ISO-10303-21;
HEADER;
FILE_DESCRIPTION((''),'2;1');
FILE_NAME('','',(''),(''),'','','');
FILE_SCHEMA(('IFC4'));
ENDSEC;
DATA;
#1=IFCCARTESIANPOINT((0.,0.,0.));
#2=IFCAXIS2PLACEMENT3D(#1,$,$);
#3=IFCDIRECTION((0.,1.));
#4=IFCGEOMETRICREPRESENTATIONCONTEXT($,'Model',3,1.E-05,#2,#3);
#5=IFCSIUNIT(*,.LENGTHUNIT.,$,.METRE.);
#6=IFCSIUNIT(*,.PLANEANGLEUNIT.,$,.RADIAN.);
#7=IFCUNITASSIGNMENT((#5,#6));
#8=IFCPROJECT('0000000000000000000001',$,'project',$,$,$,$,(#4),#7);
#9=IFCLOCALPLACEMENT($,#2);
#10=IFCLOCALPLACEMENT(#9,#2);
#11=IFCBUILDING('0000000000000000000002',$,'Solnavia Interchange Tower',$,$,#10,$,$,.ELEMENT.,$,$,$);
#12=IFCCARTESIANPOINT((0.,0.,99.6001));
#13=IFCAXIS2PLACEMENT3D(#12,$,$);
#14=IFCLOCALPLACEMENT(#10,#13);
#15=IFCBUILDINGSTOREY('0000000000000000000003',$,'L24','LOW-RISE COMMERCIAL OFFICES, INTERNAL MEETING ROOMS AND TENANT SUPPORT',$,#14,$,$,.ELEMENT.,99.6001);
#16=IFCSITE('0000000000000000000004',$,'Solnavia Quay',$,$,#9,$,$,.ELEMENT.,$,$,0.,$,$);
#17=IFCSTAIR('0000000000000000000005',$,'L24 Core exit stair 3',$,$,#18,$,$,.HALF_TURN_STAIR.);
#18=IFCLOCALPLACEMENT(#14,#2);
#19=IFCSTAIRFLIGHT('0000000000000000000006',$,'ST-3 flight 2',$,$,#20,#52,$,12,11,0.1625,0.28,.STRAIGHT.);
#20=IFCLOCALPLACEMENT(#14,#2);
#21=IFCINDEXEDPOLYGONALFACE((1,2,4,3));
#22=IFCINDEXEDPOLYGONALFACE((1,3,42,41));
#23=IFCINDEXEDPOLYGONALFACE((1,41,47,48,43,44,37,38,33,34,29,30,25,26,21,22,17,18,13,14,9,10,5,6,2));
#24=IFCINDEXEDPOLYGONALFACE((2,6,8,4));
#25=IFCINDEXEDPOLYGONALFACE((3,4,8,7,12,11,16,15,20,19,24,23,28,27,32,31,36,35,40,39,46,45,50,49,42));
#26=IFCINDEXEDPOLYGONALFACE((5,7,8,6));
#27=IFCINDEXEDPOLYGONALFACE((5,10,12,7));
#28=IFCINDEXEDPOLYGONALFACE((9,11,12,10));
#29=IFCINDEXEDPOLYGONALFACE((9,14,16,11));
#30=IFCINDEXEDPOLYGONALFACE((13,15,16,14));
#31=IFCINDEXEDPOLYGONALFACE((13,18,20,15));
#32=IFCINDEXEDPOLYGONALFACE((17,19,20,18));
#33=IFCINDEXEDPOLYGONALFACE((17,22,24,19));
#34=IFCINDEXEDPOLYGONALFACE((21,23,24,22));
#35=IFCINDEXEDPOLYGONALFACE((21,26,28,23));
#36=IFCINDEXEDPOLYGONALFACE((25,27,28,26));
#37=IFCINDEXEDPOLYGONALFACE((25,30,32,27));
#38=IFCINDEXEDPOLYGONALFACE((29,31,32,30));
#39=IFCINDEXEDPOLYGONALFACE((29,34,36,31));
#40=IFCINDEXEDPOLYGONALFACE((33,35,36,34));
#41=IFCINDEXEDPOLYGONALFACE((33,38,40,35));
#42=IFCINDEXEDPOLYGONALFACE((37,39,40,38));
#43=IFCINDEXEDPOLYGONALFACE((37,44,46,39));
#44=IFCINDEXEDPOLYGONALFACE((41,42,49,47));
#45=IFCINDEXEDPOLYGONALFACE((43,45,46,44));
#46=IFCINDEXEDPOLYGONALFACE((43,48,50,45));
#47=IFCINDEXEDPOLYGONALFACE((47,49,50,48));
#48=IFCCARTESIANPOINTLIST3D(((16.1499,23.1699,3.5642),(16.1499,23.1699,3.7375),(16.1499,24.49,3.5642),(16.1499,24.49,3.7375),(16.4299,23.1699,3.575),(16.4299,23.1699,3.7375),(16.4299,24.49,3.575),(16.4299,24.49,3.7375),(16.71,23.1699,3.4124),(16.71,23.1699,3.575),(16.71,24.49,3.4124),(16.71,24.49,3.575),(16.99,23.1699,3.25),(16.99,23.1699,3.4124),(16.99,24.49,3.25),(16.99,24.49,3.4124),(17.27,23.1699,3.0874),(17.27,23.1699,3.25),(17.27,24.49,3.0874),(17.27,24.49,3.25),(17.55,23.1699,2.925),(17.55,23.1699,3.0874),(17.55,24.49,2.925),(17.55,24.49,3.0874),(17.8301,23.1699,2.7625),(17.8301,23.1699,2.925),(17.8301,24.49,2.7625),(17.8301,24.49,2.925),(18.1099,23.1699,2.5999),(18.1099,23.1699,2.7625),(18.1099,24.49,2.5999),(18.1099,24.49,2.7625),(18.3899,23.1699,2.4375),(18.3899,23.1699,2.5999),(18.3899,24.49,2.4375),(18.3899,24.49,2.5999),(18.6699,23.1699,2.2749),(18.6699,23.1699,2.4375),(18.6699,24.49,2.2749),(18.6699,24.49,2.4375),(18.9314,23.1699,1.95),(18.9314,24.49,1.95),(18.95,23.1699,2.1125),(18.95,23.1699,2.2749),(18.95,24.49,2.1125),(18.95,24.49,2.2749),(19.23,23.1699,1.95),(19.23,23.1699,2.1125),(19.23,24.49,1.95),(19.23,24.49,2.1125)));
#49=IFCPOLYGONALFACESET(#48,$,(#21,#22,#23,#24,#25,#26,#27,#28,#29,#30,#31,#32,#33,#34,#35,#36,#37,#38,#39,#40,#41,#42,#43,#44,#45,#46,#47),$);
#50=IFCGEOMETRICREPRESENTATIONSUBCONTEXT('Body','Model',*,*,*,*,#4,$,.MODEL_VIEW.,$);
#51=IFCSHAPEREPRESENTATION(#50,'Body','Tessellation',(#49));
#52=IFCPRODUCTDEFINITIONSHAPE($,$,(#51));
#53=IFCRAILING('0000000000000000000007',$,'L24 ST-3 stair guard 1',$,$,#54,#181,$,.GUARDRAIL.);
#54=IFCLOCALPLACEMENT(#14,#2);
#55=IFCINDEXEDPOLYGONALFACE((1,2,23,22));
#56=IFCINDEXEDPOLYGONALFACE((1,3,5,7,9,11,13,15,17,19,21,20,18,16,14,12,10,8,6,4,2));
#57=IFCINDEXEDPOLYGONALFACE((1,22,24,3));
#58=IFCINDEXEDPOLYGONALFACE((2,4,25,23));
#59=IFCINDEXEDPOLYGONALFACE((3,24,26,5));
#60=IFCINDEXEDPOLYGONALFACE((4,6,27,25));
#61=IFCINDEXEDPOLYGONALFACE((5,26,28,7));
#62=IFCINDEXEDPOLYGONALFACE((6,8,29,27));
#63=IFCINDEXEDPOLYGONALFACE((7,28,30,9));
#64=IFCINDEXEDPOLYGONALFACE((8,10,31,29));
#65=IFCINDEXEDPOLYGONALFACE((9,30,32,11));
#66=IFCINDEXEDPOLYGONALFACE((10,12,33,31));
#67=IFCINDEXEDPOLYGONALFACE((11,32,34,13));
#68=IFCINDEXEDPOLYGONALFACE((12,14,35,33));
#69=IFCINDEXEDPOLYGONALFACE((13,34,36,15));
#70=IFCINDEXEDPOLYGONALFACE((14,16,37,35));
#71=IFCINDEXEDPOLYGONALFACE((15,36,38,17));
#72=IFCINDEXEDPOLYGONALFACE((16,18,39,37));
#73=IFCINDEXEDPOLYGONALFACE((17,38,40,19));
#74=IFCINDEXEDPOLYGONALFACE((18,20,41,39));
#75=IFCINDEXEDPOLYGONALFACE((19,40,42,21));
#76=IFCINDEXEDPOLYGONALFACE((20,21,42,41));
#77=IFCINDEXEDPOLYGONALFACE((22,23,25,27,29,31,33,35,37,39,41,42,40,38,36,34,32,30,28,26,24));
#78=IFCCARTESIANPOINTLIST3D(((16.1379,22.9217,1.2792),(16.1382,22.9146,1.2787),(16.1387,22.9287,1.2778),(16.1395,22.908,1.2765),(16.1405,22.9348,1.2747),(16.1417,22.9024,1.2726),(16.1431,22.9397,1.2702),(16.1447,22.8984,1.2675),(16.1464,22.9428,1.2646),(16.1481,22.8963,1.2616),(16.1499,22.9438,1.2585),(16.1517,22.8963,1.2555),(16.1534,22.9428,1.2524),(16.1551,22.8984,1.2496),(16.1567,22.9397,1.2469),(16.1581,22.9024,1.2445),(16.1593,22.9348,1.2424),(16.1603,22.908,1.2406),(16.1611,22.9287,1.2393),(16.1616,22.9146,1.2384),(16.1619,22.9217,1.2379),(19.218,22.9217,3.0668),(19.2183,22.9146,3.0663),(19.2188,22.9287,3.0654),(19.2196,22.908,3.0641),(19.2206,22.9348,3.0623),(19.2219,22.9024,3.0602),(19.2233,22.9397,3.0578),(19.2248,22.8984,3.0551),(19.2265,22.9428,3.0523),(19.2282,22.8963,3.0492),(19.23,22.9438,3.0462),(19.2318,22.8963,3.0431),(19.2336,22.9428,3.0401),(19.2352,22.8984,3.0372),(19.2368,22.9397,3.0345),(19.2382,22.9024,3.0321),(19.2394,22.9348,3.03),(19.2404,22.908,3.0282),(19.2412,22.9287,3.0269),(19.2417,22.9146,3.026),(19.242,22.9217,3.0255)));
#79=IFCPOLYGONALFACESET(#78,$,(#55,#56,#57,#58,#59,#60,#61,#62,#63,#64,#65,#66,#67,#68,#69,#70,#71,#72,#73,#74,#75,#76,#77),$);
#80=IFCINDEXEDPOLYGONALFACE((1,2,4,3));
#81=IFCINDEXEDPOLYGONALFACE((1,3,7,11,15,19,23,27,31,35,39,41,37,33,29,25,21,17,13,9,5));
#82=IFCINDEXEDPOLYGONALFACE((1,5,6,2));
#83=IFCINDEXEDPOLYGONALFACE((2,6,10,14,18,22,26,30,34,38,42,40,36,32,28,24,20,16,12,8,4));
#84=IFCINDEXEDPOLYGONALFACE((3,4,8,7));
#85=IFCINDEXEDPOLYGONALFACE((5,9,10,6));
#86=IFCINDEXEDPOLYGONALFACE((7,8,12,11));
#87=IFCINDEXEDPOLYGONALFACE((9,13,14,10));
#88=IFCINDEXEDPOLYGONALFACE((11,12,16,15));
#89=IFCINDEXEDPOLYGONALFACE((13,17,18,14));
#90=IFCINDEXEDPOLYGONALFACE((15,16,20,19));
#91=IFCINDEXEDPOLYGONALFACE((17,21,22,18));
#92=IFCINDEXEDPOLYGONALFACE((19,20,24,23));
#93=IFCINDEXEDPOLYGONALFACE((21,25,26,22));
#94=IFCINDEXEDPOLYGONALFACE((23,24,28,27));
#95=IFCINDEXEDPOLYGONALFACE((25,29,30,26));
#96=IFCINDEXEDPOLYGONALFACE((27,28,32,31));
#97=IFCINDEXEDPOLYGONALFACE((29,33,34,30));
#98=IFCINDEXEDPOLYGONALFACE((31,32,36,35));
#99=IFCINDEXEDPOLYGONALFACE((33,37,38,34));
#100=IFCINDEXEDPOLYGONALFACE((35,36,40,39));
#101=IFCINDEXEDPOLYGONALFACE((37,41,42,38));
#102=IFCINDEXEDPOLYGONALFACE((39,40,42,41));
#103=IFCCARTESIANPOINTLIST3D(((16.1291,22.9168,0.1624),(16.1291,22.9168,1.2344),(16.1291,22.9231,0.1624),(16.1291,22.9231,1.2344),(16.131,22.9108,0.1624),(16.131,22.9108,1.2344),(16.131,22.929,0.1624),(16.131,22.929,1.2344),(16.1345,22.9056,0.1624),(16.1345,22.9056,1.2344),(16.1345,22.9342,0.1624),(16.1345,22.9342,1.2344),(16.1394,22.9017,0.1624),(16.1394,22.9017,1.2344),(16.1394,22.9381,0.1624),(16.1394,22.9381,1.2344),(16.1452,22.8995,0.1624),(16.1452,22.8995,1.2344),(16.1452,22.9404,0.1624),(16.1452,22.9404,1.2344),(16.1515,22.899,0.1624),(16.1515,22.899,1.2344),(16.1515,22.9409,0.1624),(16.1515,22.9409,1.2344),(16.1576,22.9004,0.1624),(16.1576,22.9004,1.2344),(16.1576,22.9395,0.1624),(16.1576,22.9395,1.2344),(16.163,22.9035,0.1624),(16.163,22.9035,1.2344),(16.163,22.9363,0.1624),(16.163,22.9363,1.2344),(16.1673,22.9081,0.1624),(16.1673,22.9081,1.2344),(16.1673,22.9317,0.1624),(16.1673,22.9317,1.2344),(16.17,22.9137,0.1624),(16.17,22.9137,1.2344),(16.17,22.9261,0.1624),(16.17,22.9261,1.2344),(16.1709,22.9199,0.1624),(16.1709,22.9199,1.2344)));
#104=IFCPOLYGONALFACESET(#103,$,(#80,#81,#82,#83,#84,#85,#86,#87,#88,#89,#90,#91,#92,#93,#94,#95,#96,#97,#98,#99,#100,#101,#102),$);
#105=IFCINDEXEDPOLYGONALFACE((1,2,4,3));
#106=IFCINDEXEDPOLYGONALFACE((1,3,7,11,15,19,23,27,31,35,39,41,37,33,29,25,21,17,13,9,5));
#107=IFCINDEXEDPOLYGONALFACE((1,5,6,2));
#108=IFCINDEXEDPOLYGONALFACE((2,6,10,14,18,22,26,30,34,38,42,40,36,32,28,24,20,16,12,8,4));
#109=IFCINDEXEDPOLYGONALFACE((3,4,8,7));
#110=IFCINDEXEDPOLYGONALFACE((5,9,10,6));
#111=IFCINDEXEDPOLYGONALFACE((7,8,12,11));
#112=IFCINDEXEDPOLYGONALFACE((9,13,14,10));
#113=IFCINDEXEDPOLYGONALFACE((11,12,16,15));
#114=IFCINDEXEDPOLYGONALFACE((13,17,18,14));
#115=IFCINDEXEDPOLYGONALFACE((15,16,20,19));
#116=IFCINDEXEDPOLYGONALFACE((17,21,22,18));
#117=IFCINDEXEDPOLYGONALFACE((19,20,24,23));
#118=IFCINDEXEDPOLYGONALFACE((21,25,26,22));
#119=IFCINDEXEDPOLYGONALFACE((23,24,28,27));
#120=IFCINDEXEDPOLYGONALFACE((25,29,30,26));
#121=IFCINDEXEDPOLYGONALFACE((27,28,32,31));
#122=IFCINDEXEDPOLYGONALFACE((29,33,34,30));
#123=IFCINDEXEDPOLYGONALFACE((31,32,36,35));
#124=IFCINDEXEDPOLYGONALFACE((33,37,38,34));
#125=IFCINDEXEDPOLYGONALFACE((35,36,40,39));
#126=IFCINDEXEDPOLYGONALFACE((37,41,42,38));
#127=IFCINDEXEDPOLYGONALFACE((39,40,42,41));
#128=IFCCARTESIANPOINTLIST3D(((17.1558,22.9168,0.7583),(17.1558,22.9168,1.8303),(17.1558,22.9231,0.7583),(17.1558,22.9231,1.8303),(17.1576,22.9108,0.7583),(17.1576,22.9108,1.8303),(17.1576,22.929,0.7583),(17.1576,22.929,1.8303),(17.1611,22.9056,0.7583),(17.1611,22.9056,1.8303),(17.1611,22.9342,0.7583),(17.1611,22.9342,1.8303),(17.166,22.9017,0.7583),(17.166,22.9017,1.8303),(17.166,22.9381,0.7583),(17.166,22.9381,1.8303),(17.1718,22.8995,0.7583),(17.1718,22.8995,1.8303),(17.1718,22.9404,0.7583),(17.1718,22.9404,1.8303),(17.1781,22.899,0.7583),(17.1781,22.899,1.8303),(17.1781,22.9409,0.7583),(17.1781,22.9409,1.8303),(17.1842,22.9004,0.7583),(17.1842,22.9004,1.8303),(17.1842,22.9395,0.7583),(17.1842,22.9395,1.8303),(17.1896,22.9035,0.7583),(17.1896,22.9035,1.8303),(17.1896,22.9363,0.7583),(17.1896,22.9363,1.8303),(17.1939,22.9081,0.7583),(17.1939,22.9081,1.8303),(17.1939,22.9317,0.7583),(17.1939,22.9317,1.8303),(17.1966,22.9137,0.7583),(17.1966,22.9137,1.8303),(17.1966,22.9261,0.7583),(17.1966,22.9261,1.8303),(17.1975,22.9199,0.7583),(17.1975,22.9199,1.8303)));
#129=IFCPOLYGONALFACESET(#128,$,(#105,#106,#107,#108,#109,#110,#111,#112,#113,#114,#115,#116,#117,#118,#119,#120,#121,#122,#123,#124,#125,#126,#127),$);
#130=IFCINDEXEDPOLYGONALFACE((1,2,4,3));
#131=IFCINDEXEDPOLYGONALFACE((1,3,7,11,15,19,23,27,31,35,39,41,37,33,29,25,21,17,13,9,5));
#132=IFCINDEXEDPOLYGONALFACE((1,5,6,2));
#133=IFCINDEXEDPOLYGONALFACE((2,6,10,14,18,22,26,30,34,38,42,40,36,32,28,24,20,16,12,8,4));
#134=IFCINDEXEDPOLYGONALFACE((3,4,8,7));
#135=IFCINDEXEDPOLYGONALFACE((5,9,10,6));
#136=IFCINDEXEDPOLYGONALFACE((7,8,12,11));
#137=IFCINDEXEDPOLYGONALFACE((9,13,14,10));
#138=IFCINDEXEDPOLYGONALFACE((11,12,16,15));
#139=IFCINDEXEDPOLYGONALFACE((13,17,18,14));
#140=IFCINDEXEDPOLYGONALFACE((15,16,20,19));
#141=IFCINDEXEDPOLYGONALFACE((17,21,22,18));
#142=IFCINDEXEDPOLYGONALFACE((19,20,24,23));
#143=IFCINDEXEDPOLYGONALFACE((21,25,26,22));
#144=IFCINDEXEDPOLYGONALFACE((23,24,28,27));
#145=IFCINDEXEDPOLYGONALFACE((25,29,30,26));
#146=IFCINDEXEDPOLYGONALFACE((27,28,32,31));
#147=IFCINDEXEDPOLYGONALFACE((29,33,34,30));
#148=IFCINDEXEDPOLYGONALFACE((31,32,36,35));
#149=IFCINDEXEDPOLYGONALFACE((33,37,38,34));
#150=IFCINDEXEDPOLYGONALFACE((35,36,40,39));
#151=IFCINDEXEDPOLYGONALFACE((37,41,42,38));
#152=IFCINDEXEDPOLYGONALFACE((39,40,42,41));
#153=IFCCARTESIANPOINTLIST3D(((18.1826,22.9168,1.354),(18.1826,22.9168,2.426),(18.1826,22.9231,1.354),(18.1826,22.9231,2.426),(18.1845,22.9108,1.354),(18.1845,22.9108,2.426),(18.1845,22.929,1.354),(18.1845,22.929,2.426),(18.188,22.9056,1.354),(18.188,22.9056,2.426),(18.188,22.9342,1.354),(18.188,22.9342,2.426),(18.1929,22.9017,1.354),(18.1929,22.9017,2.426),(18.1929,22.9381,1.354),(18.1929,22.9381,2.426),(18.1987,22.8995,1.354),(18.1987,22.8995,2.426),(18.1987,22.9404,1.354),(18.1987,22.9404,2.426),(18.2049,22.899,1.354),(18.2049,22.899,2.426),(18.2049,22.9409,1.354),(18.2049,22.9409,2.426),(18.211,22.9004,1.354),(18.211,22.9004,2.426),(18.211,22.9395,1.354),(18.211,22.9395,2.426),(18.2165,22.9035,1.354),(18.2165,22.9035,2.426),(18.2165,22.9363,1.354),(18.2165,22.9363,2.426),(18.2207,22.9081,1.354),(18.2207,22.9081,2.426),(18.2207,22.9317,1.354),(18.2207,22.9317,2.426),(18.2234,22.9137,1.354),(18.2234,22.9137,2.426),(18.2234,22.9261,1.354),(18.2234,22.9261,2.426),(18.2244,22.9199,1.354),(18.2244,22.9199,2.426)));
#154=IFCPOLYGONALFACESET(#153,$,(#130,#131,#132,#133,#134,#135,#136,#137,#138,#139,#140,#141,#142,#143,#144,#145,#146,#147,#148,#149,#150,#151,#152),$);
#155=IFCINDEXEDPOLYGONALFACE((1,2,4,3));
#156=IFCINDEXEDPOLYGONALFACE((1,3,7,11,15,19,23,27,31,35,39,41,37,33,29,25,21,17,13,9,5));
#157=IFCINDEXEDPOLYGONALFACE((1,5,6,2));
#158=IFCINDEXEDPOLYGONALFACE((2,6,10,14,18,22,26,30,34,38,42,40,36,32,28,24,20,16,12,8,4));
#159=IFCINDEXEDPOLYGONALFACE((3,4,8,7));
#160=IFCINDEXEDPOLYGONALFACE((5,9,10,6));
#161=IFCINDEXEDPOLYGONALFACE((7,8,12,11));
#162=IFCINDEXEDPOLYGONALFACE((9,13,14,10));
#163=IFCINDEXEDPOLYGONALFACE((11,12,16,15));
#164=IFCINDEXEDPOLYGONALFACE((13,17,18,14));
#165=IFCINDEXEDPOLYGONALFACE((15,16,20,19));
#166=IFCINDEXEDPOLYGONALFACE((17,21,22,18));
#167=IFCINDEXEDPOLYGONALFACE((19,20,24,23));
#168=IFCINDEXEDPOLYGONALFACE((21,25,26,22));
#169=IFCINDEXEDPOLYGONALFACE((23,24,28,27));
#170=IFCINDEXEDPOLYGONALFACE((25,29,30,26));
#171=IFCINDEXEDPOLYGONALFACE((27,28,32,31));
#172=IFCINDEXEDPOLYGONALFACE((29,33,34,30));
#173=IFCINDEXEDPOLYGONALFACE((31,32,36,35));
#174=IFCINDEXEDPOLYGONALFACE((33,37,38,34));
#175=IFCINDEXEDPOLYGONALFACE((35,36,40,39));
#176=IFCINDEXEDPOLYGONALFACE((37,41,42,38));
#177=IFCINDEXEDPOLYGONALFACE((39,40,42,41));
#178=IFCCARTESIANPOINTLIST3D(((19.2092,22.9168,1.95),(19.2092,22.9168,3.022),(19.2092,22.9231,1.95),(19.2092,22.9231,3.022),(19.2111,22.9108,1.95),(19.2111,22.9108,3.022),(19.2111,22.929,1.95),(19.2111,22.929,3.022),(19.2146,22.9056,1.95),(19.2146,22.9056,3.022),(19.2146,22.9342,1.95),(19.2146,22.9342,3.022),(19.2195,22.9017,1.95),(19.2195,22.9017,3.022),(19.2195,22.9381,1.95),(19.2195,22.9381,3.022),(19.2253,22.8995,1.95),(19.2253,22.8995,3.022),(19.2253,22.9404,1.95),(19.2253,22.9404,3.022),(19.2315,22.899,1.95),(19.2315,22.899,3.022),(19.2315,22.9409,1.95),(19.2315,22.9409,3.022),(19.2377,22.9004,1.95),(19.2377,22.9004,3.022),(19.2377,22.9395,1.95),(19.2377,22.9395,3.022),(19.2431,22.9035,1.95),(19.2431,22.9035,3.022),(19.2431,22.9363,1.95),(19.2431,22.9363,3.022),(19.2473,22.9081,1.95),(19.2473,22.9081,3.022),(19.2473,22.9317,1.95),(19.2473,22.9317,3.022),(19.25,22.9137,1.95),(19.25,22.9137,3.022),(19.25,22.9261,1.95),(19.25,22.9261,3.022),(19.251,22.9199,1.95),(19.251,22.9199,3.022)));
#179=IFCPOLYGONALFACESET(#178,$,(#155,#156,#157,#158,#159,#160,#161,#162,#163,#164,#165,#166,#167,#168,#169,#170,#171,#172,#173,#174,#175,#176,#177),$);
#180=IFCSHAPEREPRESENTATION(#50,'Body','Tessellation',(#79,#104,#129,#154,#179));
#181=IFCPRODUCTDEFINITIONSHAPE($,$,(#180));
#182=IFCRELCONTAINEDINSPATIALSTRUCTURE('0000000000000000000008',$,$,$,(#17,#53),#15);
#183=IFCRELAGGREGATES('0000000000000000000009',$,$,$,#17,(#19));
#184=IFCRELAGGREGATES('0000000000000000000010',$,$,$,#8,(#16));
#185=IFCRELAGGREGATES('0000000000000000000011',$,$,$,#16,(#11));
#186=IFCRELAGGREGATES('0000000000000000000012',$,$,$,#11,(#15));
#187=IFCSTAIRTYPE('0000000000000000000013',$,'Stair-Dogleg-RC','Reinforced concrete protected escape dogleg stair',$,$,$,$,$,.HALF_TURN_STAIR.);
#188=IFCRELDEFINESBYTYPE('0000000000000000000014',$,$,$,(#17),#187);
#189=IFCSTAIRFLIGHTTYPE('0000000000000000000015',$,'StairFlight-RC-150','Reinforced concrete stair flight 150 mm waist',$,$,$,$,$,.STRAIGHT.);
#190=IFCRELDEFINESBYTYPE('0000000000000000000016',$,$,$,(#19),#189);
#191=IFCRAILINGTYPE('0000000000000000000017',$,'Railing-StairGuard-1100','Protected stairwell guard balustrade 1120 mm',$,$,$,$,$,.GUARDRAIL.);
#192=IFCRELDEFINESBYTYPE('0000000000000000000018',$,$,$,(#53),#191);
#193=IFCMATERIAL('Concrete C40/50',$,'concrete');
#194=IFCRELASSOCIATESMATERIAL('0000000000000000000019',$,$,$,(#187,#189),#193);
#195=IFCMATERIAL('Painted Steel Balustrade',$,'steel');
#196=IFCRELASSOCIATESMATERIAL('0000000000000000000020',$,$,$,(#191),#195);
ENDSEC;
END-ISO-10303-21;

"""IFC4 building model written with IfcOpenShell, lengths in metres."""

from ifc_helpers import new_model, si_unit, direction, frame, origin, origin_2d, place, context, subcontext, project, spatial, polyline, circle, outline, extrude, material, type_object, element, aggregate, save


model = new_model("IFC4")

# Units and contexts
model_context = context("Model", 3, precision=1e-05, world=origin(), true_north=direction((0.0, 1.0)))
body_context = subcontext(model_context, "Body", "Model", "MODEL_VIEW")
ifc_project = project(units=[si_unit("LENGTHUNIT", "METRE"), si_unit("PLANEANGLEUNIT", "RADIAN")], contexts=[model_context])

# Site, building, storey
site_placement = place(None, origin())
site = spatial("IfcSite", under=ifc_project, at=site_placement, Name="Solnavia Quay", CompositionType="ELEMENT", RefElevation=0.0)
building_placement = place(site_placement, origin())
building = spatial("IfcBuilding", under=site, at=building_placement, Name="Solnavia Interchange Tower", CompositionType="ELEMENT")
storey_placement = place(building_placement, frame((0.0, 0.0, 99.6001)))
storey = spatial("IfcBuildingStorey", under=building, at=storey_placement, Name="L24", Description="LOW-RISE COMMERCIAL OFFICES, INTERNAL MEETING ROOMS AND TENANT SUPPORT", CompositionType="ELEMENT", Elevation=99.6001)

# Shared definitions
ifc_material_1 = material(Name="Concrete C40/50", Category="concrete")

# Stair, stair flight
stair_type = type_object("IfcStairType", Name="Stair-Dogleg-RC", Description="Reinforced concrete protected escape dogleg stair", PredefinedType="HALF_TURN_STAIR", material=ifc_material_1)
stair_placement = place(storey_placement, origin())
stair = element("IfcStair", 1, at=stair_placement, inside=storey, type_object=stair_type, Name="L24 Core exit stair 3", PredefinedType="HALF_TURN_STAIR")
stair_flight_type = type_object("IfcStairFlightType", Name="StairFlight-RC-150", Description="Reinforced concrete stair flight 150 mm waist", PredefinedType="STRAIGHT", material=ifc_material_1)
stair_flight_1_placement = place(storey_placement, frame((19.23, 23.8301, 1.95), z_axis=(0.0, 0.0, 1.0), x_axis=(-1.0, 0.0, 0.0)))
stair_flight_1 = element("IfcStairFlight", 2, at=stair_flight_1_placement, type_object=stair_flight_type, Name="ST-3 flight 2", NumberOfRisers=12, NumberOfTreads=11, PredefinedType="STRAIGHT", RiserHeight=0.1625, TreadLength=0.28, context=body_context, shape_type="SweptSolid", body=[
    extrude(outline(polyline([(0.0, 0.0), (0.0, 0.1626), (0.28, 0.1626), (0.28, 0.325), (0.5601, 0.325), (0.5601, 0.4875), (0.8401, 0.4875), (0.8401, 0.6499), (1.1201, 0.6499), (1.1201, 0.8125), (1.3999, 0.8125), (1.3999, 0.9751), (1.6799, 0.9751), (1.6799, 1.1375), (1.96, 1.1375), (1.96, 1.3), (2.24, 1.3), (2.24, 1.4624), (2.52, 1.4624), (2.52, 1.625), (2.8, 1.625), (2.8, 1.7876), (3.0801, 1.7876), (3.0801, 1.95), (3.0801, 1.6143), (0.2986, 0.0), (0.0, 0.0)])), frame((0.0, 0.6602, 0.0), z_axis=(0.0, -1.0, 0.0), x_axis=(1.0, 0.0, 0.0)), (0.0, 0.0, 1.0), 1.3201),
])
aggregate(stair, [stair_flight_1])

# Railing
ifc_material_2 = material(Name="Painted Steel Balustrade", Category="steel")
railing_type_1 = type_object("IfcRailingType", Name="Railing-StairGuard-1100", Description="Protected stairwell guard balustrade 1120 mm", PredefinedType="GUARDRAIL", material=ifc_material_2)
railing_1_placement = place(storey_placement, frame((16.1499, 22.9199, 0.1624)))
element("IfcRailing", 3, at=railing_1_placement, inside=storey, type_object=railing_type_1, Name="L24 ST-3 stair guard 1", PredefinedType="GUARDRAIL", context=body_context, shape_type="SweptSolid", body=[
    extrude(circle(Radius=0.0239, at=origin_2d()), frame((0.0, 0.0, 1.0962), z_axis=(0.864891, 0.0, 0.50196), x_axis=(0.0, 1.0, 0.0)), (0.0, 0.0, 1.0), 3.5613),
    extrude(circle(Radius=0.021, at=origin_2d()), origin(), (0.0, 0.0, 1.0), 1.072),
    extrude(circle(Radius=0.021, at=origin_2d()), frame((1.0266, 0.0, 0.5959)), (0.0, 0.0, 1.0), 1.072),
    extrude(circle(Radius=0.021, at=origin_2d()), frame((2.0535, 0.0, 1.1917)), (0.0, 0.0, 1.0), 1.072),
    extrude(circle(Radius=0.021, at=origin_2d()), frame((3.0801, 0.0, 1.7876)), (0.0, 0.0, 1.0), 1.072),
])

save(model, "model.ifc")
